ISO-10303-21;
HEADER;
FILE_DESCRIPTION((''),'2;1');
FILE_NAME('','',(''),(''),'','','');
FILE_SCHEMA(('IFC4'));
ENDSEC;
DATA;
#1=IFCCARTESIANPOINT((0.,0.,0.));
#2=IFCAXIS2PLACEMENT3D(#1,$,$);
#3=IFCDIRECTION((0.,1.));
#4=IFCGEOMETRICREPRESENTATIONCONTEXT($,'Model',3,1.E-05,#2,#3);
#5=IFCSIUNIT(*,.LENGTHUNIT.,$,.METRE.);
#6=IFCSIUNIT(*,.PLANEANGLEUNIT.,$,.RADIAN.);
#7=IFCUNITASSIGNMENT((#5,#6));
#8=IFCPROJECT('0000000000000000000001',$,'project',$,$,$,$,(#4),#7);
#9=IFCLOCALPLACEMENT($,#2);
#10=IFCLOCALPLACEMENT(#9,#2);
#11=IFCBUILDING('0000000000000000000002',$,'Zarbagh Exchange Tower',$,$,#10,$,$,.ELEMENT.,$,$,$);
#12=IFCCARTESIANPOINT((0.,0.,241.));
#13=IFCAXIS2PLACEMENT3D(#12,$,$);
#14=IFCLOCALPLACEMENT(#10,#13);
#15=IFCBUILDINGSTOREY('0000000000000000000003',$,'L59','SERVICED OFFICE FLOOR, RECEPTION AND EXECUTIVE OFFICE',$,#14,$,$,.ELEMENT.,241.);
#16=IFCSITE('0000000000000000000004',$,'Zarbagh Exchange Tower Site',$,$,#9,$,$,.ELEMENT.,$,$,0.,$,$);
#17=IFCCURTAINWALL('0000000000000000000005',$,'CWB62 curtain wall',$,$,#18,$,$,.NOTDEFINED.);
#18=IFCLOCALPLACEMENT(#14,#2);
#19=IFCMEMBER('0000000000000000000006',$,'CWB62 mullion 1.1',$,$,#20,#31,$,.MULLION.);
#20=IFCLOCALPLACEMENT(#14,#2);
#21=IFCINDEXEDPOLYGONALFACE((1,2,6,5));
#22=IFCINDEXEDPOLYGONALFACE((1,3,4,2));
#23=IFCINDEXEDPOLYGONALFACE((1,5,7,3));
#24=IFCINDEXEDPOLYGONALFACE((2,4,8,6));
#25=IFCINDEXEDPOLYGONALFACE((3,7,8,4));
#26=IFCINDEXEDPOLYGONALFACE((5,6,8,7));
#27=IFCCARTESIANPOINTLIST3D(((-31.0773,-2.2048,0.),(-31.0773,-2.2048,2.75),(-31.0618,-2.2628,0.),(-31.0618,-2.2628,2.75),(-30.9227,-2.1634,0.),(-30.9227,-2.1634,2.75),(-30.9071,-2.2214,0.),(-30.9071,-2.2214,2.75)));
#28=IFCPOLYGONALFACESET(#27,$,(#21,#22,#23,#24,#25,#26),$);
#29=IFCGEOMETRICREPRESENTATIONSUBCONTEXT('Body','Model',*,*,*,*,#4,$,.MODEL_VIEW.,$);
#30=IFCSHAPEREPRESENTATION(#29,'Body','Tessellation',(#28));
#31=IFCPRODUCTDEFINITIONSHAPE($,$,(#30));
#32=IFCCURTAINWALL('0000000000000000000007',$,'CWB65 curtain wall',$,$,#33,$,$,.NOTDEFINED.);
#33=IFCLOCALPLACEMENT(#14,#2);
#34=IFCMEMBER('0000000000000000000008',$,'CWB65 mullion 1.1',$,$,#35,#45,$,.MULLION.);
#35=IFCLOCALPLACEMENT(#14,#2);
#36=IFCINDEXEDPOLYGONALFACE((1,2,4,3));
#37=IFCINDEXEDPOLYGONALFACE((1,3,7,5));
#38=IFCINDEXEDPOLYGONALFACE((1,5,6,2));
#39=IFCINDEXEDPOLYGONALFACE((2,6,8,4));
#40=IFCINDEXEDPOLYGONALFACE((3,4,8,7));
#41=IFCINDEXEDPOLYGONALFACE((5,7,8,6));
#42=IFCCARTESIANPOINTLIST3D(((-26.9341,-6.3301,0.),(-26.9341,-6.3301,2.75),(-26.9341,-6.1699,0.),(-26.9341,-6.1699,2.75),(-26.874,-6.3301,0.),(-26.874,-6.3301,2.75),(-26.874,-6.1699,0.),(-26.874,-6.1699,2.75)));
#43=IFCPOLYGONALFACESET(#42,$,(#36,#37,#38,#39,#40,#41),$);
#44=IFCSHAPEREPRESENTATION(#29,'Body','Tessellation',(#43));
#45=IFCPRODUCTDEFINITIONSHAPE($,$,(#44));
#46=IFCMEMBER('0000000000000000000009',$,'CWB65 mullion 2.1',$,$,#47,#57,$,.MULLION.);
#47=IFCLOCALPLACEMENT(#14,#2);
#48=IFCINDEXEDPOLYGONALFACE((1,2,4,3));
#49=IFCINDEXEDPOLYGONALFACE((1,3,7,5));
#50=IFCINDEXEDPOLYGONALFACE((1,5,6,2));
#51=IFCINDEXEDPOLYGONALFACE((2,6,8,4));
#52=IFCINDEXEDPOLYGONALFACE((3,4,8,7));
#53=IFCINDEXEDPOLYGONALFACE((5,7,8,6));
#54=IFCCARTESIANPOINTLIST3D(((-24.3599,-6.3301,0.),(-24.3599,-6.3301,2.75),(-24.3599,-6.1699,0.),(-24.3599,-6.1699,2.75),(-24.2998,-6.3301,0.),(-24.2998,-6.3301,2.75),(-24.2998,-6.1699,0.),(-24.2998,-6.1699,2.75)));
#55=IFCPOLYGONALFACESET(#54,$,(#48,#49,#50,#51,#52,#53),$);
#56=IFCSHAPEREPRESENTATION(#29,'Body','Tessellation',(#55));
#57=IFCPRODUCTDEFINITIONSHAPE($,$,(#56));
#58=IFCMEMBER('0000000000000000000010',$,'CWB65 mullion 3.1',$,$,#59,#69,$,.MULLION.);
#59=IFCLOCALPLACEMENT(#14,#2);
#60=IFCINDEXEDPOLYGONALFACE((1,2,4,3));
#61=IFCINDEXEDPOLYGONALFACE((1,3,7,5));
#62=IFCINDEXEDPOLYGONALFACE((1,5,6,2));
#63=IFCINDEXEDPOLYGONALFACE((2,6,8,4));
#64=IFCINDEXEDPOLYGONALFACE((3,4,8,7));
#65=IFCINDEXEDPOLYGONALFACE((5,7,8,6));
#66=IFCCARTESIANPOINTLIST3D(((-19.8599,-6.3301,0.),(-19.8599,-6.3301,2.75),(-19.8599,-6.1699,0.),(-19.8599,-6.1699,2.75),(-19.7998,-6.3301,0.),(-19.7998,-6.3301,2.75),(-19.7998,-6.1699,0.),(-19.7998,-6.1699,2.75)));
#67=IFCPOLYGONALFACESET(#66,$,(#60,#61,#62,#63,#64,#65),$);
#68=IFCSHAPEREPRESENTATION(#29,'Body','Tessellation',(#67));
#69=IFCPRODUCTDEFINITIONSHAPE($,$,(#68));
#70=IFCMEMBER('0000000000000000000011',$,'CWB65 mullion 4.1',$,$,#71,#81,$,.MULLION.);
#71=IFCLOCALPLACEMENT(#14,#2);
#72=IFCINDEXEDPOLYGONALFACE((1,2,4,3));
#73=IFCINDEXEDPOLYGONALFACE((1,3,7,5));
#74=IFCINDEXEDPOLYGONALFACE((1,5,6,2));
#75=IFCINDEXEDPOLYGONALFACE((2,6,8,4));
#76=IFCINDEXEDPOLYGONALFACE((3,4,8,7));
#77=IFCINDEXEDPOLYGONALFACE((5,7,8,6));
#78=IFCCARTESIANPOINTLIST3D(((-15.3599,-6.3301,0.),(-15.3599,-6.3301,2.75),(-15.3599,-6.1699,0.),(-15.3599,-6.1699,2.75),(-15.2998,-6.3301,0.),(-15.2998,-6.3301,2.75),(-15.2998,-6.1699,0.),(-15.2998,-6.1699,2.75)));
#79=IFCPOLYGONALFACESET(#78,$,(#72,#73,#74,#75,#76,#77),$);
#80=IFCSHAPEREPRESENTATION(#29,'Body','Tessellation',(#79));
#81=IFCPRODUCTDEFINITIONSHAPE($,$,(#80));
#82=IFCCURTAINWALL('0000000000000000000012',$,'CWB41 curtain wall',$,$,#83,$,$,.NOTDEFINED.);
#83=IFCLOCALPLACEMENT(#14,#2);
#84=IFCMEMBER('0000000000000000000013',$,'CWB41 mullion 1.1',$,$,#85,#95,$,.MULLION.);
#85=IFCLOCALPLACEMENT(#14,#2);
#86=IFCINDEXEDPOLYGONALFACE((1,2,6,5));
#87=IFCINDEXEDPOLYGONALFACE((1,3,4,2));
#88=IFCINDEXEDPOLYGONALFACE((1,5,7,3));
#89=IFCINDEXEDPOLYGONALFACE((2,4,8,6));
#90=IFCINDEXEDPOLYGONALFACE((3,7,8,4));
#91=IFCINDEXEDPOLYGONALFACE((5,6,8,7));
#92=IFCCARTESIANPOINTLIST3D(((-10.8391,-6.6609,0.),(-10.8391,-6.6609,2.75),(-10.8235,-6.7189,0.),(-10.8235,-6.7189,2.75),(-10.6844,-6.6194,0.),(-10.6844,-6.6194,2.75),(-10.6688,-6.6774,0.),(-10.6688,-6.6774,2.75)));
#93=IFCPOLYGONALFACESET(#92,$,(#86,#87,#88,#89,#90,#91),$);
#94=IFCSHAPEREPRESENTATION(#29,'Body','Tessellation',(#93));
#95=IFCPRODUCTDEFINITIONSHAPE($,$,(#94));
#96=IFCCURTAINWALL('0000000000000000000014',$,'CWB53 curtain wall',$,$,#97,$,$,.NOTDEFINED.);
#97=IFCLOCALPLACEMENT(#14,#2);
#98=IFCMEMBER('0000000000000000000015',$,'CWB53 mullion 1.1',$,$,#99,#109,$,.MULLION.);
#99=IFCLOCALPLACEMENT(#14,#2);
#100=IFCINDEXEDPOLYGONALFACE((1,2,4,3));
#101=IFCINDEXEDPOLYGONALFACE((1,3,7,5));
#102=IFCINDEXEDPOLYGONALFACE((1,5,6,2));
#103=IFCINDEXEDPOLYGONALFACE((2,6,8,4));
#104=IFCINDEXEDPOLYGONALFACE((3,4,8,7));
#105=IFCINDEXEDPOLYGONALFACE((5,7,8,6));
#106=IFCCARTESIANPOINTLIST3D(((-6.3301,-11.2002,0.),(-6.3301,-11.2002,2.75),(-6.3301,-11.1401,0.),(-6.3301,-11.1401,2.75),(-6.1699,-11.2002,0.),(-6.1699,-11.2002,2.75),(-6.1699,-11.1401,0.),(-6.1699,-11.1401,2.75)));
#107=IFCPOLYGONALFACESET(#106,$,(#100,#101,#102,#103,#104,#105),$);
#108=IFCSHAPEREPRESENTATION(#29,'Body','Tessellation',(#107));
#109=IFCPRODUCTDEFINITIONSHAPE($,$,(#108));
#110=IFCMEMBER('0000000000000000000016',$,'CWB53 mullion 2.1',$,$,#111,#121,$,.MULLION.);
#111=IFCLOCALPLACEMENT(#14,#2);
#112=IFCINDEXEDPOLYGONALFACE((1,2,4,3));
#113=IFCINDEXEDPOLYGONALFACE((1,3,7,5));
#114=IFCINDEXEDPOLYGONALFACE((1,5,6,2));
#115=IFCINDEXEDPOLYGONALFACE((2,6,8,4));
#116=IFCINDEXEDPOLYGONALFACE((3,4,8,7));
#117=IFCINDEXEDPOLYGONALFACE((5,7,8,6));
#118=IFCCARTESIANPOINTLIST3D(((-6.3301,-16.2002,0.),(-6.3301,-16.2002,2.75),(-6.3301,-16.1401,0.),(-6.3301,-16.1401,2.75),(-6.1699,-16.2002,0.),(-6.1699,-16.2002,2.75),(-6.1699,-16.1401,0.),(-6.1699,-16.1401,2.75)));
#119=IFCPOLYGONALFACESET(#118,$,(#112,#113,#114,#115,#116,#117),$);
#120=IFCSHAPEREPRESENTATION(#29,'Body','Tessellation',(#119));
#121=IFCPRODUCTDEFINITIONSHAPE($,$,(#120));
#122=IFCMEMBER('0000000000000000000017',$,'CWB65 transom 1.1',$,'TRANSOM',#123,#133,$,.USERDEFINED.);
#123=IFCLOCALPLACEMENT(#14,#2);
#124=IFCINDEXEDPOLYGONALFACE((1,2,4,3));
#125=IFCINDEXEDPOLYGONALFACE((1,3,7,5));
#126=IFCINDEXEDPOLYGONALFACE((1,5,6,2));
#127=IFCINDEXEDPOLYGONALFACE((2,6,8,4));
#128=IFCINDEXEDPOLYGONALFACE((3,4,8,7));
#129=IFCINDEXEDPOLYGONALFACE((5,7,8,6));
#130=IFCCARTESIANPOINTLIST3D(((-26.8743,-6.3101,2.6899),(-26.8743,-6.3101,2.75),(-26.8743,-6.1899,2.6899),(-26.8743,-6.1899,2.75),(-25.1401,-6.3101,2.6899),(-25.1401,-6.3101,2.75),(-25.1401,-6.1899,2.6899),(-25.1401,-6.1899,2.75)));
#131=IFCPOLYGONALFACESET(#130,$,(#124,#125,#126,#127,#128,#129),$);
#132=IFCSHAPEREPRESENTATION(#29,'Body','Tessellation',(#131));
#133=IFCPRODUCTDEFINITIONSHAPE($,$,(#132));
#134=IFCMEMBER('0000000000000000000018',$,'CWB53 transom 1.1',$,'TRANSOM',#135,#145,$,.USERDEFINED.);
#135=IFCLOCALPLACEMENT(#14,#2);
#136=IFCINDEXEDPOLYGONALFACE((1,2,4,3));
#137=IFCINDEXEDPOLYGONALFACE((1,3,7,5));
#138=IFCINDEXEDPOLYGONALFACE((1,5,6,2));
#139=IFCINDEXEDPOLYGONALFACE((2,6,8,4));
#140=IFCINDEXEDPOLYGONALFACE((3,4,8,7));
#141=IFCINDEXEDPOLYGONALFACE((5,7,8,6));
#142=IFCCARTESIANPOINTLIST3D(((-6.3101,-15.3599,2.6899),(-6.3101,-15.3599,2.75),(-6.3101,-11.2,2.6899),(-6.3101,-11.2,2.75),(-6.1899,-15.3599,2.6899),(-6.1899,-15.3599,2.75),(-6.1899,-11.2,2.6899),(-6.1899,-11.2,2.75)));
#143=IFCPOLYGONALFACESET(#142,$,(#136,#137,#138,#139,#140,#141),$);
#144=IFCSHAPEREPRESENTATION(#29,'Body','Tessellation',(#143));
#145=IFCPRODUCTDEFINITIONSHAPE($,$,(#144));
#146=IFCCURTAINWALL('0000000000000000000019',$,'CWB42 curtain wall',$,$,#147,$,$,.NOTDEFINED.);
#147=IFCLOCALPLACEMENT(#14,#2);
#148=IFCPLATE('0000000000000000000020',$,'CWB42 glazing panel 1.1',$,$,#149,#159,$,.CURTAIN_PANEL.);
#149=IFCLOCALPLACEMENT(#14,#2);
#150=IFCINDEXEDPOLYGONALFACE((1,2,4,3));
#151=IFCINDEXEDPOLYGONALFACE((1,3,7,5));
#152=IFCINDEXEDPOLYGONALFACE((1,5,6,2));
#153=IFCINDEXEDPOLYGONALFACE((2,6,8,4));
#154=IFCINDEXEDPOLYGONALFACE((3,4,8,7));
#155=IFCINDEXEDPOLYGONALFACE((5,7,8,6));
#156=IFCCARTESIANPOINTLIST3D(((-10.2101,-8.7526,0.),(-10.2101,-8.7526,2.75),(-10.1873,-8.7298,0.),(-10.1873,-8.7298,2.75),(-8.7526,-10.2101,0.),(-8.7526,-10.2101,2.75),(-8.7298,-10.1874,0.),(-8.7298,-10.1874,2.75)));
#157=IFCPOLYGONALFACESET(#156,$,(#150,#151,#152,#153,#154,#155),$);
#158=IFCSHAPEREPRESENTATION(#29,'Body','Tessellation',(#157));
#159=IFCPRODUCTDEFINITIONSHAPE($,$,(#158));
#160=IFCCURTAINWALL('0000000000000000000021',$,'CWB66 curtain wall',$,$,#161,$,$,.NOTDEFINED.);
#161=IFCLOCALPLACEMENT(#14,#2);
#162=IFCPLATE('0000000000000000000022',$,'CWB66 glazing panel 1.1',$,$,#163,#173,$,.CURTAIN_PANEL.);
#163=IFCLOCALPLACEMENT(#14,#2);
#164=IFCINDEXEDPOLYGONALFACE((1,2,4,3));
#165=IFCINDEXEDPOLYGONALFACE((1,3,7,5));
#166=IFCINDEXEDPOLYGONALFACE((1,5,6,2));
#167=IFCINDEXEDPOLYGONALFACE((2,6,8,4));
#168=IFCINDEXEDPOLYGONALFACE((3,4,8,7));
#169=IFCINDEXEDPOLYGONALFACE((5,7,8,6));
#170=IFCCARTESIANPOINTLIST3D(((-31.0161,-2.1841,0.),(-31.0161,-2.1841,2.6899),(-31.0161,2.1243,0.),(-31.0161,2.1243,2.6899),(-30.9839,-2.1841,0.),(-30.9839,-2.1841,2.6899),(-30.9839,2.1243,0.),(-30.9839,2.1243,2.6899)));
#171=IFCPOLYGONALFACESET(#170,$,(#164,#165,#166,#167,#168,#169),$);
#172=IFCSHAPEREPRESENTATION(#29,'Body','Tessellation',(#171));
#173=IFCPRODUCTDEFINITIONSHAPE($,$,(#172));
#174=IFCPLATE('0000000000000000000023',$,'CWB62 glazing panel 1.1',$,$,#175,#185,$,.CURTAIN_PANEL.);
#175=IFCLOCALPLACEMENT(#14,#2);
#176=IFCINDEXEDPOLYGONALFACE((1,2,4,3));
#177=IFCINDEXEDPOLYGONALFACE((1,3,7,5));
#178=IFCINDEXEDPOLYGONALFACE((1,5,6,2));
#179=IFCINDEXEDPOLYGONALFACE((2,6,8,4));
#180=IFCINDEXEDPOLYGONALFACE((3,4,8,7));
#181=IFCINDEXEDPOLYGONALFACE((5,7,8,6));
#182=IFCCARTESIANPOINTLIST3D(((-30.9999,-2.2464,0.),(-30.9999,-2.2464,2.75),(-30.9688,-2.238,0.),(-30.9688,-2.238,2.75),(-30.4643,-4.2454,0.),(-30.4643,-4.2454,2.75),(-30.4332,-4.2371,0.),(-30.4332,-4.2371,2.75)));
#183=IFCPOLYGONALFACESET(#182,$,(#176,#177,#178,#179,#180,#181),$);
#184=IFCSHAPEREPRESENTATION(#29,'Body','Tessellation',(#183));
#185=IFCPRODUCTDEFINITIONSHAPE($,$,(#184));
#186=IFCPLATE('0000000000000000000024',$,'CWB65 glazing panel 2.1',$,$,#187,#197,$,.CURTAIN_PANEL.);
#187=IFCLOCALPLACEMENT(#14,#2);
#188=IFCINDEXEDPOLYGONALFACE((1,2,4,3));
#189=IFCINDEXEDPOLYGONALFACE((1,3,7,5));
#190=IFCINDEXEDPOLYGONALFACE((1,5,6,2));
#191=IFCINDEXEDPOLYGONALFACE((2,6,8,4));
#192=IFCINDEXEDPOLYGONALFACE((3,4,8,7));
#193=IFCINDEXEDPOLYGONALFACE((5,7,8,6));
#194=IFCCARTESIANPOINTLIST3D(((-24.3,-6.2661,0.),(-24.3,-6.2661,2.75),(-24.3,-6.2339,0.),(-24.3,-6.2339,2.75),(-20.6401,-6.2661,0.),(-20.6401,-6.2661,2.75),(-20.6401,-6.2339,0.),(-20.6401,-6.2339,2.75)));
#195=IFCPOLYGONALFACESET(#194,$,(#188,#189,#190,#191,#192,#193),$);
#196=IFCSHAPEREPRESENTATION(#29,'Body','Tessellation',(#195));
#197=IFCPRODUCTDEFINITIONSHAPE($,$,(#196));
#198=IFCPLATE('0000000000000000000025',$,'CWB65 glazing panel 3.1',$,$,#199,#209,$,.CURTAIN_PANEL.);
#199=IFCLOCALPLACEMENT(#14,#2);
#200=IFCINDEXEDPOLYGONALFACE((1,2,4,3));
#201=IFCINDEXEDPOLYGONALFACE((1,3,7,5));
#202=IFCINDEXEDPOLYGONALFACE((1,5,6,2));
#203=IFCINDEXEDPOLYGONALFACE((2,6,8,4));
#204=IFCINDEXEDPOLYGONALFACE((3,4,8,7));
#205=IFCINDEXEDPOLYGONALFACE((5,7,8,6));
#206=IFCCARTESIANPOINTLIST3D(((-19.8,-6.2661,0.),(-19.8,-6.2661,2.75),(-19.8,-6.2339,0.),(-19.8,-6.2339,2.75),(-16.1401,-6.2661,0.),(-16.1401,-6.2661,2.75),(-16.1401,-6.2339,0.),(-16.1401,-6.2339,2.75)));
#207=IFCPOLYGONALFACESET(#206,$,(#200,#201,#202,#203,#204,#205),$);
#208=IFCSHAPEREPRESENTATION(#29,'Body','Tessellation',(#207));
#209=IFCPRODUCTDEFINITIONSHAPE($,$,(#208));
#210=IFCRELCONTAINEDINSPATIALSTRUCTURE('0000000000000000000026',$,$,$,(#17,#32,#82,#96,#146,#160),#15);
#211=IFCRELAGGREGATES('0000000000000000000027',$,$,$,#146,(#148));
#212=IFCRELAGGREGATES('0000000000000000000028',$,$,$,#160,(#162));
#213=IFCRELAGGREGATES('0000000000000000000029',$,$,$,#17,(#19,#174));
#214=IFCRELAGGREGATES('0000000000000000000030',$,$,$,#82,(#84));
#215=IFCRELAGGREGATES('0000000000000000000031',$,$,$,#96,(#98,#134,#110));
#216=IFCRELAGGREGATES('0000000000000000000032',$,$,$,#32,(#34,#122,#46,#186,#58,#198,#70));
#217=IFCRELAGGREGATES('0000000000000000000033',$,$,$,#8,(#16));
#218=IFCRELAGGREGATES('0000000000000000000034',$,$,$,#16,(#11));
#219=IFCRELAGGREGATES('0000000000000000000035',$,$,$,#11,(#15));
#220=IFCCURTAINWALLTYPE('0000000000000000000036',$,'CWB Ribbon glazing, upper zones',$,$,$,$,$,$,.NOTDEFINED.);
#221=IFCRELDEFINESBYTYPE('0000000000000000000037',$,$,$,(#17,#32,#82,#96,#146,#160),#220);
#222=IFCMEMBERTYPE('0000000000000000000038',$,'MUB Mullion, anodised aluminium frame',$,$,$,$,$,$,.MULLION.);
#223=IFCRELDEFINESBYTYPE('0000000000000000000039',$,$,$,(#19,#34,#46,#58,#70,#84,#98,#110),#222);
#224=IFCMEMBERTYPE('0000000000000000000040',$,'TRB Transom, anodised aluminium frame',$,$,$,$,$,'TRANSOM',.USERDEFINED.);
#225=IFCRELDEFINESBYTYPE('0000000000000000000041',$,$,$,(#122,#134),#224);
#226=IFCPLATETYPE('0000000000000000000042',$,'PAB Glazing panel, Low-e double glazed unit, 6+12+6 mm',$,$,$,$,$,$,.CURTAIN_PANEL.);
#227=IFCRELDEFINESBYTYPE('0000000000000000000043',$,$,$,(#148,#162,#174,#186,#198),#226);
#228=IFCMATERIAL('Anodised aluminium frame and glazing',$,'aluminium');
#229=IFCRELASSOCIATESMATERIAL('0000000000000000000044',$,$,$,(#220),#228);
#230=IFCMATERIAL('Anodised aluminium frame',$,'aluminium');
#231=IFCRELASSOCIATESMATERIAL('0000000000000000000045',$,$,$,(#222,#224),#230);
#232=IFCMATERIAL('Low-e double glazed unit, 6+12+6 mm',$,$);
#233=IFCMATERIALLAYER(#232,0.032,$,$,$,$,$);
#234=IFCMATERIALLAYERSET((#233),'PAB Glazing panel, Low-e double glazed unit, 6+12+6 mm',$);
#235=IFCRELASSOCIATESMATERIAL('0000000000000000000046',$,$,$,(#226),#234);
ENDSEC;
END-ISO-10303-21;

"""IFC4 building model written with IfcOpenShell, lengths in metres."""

from ifc_helpers import new_model, si_unit, direction, frame, origin, place, context, subcontext, project, spatial, polyline, outline, extrude, source, transform, mapped, material, layer, layer_set, type_object, element, aggregate, save


model = new_model("IFC4")

# Units and contexts
model_context = context("Model", 3, precision=1e-05, world=origin(), true_north=direction((0.0, 1.0)))
body_context = subcontext(model_context, "Body", "Model", "MODEL_VIEW")
ifc_project = project(units=[si_unit("LENGTHUNIT", "METRE"), si_unit("PLANEANGLEUNIT", "RADIAN")], contexts=[model_context])

# Site, building, storey
site_placement = place(None, origin())
site = spatial("IfcSite", under=ifc_project, at=site_placement, Name="Zarbagh Exchange Tower Site", CompositionType="ELEMENT", RefElevation=0.0)
building_placement = place(site_placement, origin())
building = spatial("IfcBuilding", under=site, at=building_placement, Name="Zarbagh Exchange Tower", CompositionType="ELEMENT")
storey_placement = place(building_placement, frame((0.0, 0.0, 241.0)))
storey = spatial("IfcBuildingStorey", under=building, at=storey_placement, Name="L59", Description="SERVICED OFFICE FLOOR, RECEPTION AND EXECUTIVE OFFICE", CompositionType="ELEMENT", Elevation=241.0)

# Curtain wall, member
ifc_material_1 = material(Name="Anodised aluminium frame and glazing", Category="aluminium")
curtain_wall_type = type_object("IfcCurtainWallType", Name="CWB Ribbon glazing, upper zones", PredefinedType="NOTDEFINED", material=ifc_material_1)
curtain_wall_1_placement = place(storey_placement, origin())
curtain_wall_1 = element("IfcCurtainWall", 1, at=curtain_wall_1_placement, inside=storey, type_object=curtain_wall_type, Name="CWB62 curtain wall", PredefinedType="NOTDEFINED")
ifc_material_2 = material(Name="Anodised aluminium frame", Category="aluminium")
member_type_1 = type_object("IfcMemberType", Name="MUB Mullion, anodised aluminium frame", PredefinedType="MULLION", material=ifc_material_2)
shared_shape_1 = source(origin(), body_context, "Body", "SweptSolid", [
    extrude(outline(polyline([(0.0, -0.0801), (0.0601, -0.0801), (0.0601, 0.0801), (0.0, 0.0801), (0.0, -0.0801)])), origin(), (0.0, 0.0, 1.0), 2.75),
])
placement = place(storey_placement, origin())
member_1 = element("IfcMember", 2, at=placement, type_object=member_type_1, Name="CWB62 mullion 1.1", PredefinedType="MULLION", context=body_context, shape_type="MappedRepresentation", body=[
    mapped(shared_shape_1, transform((-31.0, -2.1841, 0.0), x_axis=(0.258825, -0.965924, 0.0), y_axis=(0.965924, 0.258825, 0.0), z_axis=(0.0, 0.0, 1.0))),
])

# Curtain wall, members
curtain_wall_2_placement = place(storey_placement, origin())
curtain_wall_2 = element("IfcCurtainWall", 3, at=curtain_wall_2_placement, inside=storey, type_object=curtain_wall_type, Name="CWB65 curtain wall", PredefinedType="NOTDEFINED")
member_2 = element("IfcMember", 4, at=placement, type_object=member_type_1, Name="CWB65 mullion 1.1", PredefinedType="MULLION", context=body_context, shape_type="MappedRepresentation", body=[
    mapped(shared_shape_1, transform((-26.9341, -6.25, 0.0), x_axis=(1.0, 0.0, 0.0), y_axis=(0.0, 1.0, 0.0), z_axis=(0.0, 0.0, 1.0))),
])
member_3 = element("IfcMember", 5, at=placement, type_object=member_type_1, Name="CWB65 mullion 2.1", PredefinedType="MULLION", context=body_context, shape_type="MappedRepresentation", body=[
    mapped(shared_shape_1, transform((-24.3599, -6.25, 0.0), x_axis=(1.0, 0.0, 0.0), y_axis=(0.0, 1.0, 0.0), z_axis=(0.0, 0.0, 1.0))),
])
member_4 = element("IfcMember", 6, at=placement, type_object=member_type_1, Name="CWB65 mullion 3.1", PredefinedType="MULLION", context=body_context, shape_type="MappedRepresentation", body=[
    mapped(shared_shape_1, transform((-19.8599, -6.25, 0.0), x_axis=(1.0, 0.0, 0.0), y_axis=(0.0, 1.0, 0.0), z_axis=(0.0, 0.0, 1.0))),
])
member_5 = element("IfcMember", 7, at=placement, type_object=member_type_1, Name="CWB65 mullion 4.1", PredefinedType="MULLION", context=body_context, shape_type="MappedRepresentation", body=[
    mapped(shared_shape_1, transform((-15.3599, -6.25, 0.0), x_axis=(1.0, 0.0, 0.0), y_axis=(0.0, 1.0, 0.0), z_axis=(0.0, 0.0, 1.0))),
])

# Curtain wall, member
curtain_wall_3_placement = place(storey_placement, origin())
curtain_wall_3 = element("IfcCurtainWall", 8, at=curtain_wall_3_placement, inside=storey, type_object=curtain_wall_type, Name="CWB41 curtain wall", PredefinedType="NOTDEFINED")
member_6 = element("IfcMember", 9, at=placement, type_object=member_type_1, Name="CWB41 mullion 1.1", PredefinedType="MULLION", context=body_context, shape_type="MappedRepresentation", body=[
    mapped(shared_shape_1, transform((-10.7617, -6.6401, 0.0), x_axis=(0.258825, -0.965924, 0.0), y_axis=(0.965924, 0.258825, 0.0), z_axis=(0.0, 0.0, 1.0))),
])

# Curtain wall, members
curtain_wall_4_placement = place(storey_placement, origin())
curtain_wall_4 = element("IfcCurtainWall", 10, at=curtain_wall_4_placement, inside=storey, type_object=curtain_wall_type, Name="CWB53 curtain wall", PredefinedType="NOTDEFINED")
member_7 = element("IfcMember", 11, at=placement, type_object=member_type_1, Name="CWB53 mullion 1.1", PredefinedType="MULLION", context=body_context, shape_type="MappedRepresentation", body=[
    mapped(shared_shape_1, transform((-6.25, -11.1401, 0.0), x_axis=(0.0, -1.0, 0.0), y_axis=(1.0, 0.0, 0.0), z_axis=(0.0, 0.0, 1.0))),
])
member_8 = element("IfcMember", 12, at=placement, type_object=member_type_1, Name="CWB53 mullion 2.1", PredefinedType="MULLION", context=body_context, shape_type="MappedRepresentation", body=[
    mapped(shared_shape_1, transform((-6.25, -16.1401, 0.0), x_axis=(0.0, -1.0, 0.0), y_axis=(1.0, 0.0, 0.0), z_axis=(0.0, 0.0, 1.0))),
])

# Members
member_type_2 = type_object("IfcMemberType", Name="TRB Transom, anodised aluminium frame", ElementType="TRANSOM", PredefinedType="USERDEFINED", material=ifc_material_2)
shared_shape_2 = source(origin(), body_context, "Body", "SweptSolid", [
    extrude(outline(polyline([(-0.0601, -0.0601), (0.0, -0.0601), (0.0, 0.0601), (-0.0601, 0.0601), (-0.0601, -0.0601)])), origin(), (0.0, 0.0, 1.0), 1.7341),
])
member_9 = element("IfcMember", 13, at=placement, type_object=member_type_2, Name="CWB65 transom 1.1", ObjectType="TRANSOM", PredefinedType="USERDEFINED", context=body_context, shape_type="MappedRepresentation", body=[
    mapped(shared_shape_2, transform((-26.8743, -6.25, 2.75), x_axis=(0.0, 0.0, 1.0), y_axis=(0.0, -1.0, 0.0), z_axis=(1.0, 0.0, 0.0))),
])
shared_shape_3 = source(origin(), body_context, "Body", "SweptSolid", [
    extrude(outline(polyline([(-0.0601, -0.0601), (0.0, -0.0601), (0.0, 0.0601), (-0.0601, 0.0601), (-0.0601, -0.0601)])), origin(), (0.0, 0.0, 1.0), 4.1599),
])
member_10 = element("IfcMember", 14, at=placement, type_object=member_type_2, Name="CWB53 transom 1.1", ObjectType="TRANSOM", PredefinedType="USERDEFINED", context=body_context, shape_type="MappedRepresentation", body=[
    mapped(shared_shape_3, transform((-6.25, -11.2, 2.75), x_axis=(0.0, 0.0, 1.0), y_axis=(-1.0, 0.0, 0.0), z_axis=(0.0, -1.0, 0.0))),
])

# Curtain walls, plates
curtain_wall_5_placement = place(storey_placement, origin())
curtain_wall_5 = element("IfcCurtainWall", 15, at=curtain_wall_5_placement, inside=storey, type_object=curtain_wall_type, Name="CWB42 curtain wall", PredefinedType="NOTDEFINED")
ifc_material_3 = material(Name="Low-e double glazed unit, 6+12+6 mm")
ifc_layer = layer(ifc_material_3, 0.032)
ifc_layer_set = layer_set([ifc_layer], Name="PAB Glazing panel, Low-e double glazed unit, 6+12+6 mm")
plate_type = type_object("IfcPlateType", Name="PAB Glazing panel, Low-e double glazed unit, 6+12+6 mm", PredefinedType="CURTAIN_PANEL", material=ifc_layer_set)
shared_shape_4 = source(origin(), body_context, "Body", "SweptSolid", [
    extrude(outline(polyline([(0.0, -0.0161), (2.0613, -0.0161), (2.0613, 0.0161), (0.0, 0.0161), (0.0, -0.0161)])), origin(), (0.0, 0.0, 1.0), 2.75),
])
plate_1 = element("IfcPlate", 16, at=placement, type_object=plate_type, Name="CWB42 glazing panel 1.1", PredefinedType="CURTAIN_PANEL", context=body_context, shape_type="MappedRepresentation", body=[
    mapped(shared_shape_4, transform((-10.1987, -8.7412, 0.0), x_axis=(0.707107, -0.707107, 0.0), y_axis=(0.707107, 0.707107, 0.0), z_axis=(0.0, 0.0, 1.0))),
])
aggregate(curtain_wall_5, [plate_1])
curtain_wall_6_placement = place(storey_placement, origin())
curtain_wall_6 = element("IfcCurtainWall", 17, at=curtain_wall_6_placement, inside=storey, type_object=curtain_wall_type, Name="CWB66 curtain wall", PredefinedType="NOTDEFINED")
shared_shape_5 = source(origin(), body_context, "Body", "SweptSolid", [
    extrude(outline(polyline([(0.0, -0.0161), (4.3083, -0.0161), (4.3083, 0.0161), (0.0, 0.0161), (0.0, -0.0161)])), origin(), (0.0, 0.0, 1.0), 2.6899),
])
plate_2 = element("IfcPlate", 18, at=placement, type_object=plate_type, Name="CWB66 glazing panel 1.1", PredefinedType="CURTAIN_PANEL", context=body_context, shape_type="MappedRepresentation", body=[
    mapped(shared_shape_5, transform((-31.0, 2.1243, 0.0), x_axis=(0.0, -1.0, 0.0), y_axis=(1.0, 0.0, 0.0), z_axis=(0.0, 0.0, 1.0))),
])
aggregate(curtain_wall_6, [plate_2])

# Plates
shared_shape_6 = source(origin(), body_context, "Body", "SweptSolid", [
    extrude(outline(polyline([(0.0, -0.0161), (2.0696, -0.0161), (2.0696, 0.0161), (0.0, 0.0161), (0.0, -0.0161)])), origin(), (0.0, 0.0, 1.0), 2.75),
])
plate_3 = element("IfcPlate", 19, at=placement, type_object=plate_type, Name="CWB62 glazing panel 1.1", PredefinedType="CURTAIN_PANEL", context=body_context, shape_type="MappedRepresentation", body=[
    mapped(shared_shape_6, transform((-30.9844, -2.2422, 0.0), x_axis=(0.258825, -0.965924, 0.0), y_axis=(0.965924, 0.258825, 0.0), z_axis=(0.0, 0.0, 1.0))),
])
aggregate(curtain_wall_1, [member_1, plate_3])
shared_shape_7 = source(origin(), body_context, "Body", "SweptSolid", [
    extrude(outline(polyline([(0.0, -0.0161), (3.6599, -0.0161), (3.6599, 0.0161), (0.0, 0.0161), (0.0, -0.0161)])), origin(), (0.0, 0.0, 1.0), 2.75),
])
plate_4 = element("IfcPlate", 20, at=placement, type_object=plate_type, Name="CWB65 glazing panel 2.1", PredefinedType="CURTAIN_PANEL", context=body_context, shape_type="MappedRepresentation", body=[
    mapped(shared_shape_7, transform((-24.3, -6.25, 0.0), x_axis=(1.0, 0.0, 0.0), y_axis=(0.0, 1.0, 0.0), z_axis=(0.0, 0.0, 1.0))),
])
plate_5 = element("IfcPlate", 21, at=placement, type_object=plate_type, Name="CWB65 glazing panel 3.1", PredefinedType="CURTAIN_PANEL", context=body_context, shape_type="MappedRepresentation", body=[
    mapped(shared_shape_7, transform((-19.8, -6.25, 0.0), x_axis=(1.0, 0.0, 0.0), y_axis=(0.0, 1.0, 0.0), z_axis=(0.0, 0.0, 1.0))),
])
aggregate(curtain_wall_3, [member_6])

aggregate(curtain_wall_4, [member_7, member_10, member_8])

aggregate(curtain_wall_2, [member_2, member_9, member_3, plate_4, member_4, plate_5, member_5])

save(model, "model.ifc")
